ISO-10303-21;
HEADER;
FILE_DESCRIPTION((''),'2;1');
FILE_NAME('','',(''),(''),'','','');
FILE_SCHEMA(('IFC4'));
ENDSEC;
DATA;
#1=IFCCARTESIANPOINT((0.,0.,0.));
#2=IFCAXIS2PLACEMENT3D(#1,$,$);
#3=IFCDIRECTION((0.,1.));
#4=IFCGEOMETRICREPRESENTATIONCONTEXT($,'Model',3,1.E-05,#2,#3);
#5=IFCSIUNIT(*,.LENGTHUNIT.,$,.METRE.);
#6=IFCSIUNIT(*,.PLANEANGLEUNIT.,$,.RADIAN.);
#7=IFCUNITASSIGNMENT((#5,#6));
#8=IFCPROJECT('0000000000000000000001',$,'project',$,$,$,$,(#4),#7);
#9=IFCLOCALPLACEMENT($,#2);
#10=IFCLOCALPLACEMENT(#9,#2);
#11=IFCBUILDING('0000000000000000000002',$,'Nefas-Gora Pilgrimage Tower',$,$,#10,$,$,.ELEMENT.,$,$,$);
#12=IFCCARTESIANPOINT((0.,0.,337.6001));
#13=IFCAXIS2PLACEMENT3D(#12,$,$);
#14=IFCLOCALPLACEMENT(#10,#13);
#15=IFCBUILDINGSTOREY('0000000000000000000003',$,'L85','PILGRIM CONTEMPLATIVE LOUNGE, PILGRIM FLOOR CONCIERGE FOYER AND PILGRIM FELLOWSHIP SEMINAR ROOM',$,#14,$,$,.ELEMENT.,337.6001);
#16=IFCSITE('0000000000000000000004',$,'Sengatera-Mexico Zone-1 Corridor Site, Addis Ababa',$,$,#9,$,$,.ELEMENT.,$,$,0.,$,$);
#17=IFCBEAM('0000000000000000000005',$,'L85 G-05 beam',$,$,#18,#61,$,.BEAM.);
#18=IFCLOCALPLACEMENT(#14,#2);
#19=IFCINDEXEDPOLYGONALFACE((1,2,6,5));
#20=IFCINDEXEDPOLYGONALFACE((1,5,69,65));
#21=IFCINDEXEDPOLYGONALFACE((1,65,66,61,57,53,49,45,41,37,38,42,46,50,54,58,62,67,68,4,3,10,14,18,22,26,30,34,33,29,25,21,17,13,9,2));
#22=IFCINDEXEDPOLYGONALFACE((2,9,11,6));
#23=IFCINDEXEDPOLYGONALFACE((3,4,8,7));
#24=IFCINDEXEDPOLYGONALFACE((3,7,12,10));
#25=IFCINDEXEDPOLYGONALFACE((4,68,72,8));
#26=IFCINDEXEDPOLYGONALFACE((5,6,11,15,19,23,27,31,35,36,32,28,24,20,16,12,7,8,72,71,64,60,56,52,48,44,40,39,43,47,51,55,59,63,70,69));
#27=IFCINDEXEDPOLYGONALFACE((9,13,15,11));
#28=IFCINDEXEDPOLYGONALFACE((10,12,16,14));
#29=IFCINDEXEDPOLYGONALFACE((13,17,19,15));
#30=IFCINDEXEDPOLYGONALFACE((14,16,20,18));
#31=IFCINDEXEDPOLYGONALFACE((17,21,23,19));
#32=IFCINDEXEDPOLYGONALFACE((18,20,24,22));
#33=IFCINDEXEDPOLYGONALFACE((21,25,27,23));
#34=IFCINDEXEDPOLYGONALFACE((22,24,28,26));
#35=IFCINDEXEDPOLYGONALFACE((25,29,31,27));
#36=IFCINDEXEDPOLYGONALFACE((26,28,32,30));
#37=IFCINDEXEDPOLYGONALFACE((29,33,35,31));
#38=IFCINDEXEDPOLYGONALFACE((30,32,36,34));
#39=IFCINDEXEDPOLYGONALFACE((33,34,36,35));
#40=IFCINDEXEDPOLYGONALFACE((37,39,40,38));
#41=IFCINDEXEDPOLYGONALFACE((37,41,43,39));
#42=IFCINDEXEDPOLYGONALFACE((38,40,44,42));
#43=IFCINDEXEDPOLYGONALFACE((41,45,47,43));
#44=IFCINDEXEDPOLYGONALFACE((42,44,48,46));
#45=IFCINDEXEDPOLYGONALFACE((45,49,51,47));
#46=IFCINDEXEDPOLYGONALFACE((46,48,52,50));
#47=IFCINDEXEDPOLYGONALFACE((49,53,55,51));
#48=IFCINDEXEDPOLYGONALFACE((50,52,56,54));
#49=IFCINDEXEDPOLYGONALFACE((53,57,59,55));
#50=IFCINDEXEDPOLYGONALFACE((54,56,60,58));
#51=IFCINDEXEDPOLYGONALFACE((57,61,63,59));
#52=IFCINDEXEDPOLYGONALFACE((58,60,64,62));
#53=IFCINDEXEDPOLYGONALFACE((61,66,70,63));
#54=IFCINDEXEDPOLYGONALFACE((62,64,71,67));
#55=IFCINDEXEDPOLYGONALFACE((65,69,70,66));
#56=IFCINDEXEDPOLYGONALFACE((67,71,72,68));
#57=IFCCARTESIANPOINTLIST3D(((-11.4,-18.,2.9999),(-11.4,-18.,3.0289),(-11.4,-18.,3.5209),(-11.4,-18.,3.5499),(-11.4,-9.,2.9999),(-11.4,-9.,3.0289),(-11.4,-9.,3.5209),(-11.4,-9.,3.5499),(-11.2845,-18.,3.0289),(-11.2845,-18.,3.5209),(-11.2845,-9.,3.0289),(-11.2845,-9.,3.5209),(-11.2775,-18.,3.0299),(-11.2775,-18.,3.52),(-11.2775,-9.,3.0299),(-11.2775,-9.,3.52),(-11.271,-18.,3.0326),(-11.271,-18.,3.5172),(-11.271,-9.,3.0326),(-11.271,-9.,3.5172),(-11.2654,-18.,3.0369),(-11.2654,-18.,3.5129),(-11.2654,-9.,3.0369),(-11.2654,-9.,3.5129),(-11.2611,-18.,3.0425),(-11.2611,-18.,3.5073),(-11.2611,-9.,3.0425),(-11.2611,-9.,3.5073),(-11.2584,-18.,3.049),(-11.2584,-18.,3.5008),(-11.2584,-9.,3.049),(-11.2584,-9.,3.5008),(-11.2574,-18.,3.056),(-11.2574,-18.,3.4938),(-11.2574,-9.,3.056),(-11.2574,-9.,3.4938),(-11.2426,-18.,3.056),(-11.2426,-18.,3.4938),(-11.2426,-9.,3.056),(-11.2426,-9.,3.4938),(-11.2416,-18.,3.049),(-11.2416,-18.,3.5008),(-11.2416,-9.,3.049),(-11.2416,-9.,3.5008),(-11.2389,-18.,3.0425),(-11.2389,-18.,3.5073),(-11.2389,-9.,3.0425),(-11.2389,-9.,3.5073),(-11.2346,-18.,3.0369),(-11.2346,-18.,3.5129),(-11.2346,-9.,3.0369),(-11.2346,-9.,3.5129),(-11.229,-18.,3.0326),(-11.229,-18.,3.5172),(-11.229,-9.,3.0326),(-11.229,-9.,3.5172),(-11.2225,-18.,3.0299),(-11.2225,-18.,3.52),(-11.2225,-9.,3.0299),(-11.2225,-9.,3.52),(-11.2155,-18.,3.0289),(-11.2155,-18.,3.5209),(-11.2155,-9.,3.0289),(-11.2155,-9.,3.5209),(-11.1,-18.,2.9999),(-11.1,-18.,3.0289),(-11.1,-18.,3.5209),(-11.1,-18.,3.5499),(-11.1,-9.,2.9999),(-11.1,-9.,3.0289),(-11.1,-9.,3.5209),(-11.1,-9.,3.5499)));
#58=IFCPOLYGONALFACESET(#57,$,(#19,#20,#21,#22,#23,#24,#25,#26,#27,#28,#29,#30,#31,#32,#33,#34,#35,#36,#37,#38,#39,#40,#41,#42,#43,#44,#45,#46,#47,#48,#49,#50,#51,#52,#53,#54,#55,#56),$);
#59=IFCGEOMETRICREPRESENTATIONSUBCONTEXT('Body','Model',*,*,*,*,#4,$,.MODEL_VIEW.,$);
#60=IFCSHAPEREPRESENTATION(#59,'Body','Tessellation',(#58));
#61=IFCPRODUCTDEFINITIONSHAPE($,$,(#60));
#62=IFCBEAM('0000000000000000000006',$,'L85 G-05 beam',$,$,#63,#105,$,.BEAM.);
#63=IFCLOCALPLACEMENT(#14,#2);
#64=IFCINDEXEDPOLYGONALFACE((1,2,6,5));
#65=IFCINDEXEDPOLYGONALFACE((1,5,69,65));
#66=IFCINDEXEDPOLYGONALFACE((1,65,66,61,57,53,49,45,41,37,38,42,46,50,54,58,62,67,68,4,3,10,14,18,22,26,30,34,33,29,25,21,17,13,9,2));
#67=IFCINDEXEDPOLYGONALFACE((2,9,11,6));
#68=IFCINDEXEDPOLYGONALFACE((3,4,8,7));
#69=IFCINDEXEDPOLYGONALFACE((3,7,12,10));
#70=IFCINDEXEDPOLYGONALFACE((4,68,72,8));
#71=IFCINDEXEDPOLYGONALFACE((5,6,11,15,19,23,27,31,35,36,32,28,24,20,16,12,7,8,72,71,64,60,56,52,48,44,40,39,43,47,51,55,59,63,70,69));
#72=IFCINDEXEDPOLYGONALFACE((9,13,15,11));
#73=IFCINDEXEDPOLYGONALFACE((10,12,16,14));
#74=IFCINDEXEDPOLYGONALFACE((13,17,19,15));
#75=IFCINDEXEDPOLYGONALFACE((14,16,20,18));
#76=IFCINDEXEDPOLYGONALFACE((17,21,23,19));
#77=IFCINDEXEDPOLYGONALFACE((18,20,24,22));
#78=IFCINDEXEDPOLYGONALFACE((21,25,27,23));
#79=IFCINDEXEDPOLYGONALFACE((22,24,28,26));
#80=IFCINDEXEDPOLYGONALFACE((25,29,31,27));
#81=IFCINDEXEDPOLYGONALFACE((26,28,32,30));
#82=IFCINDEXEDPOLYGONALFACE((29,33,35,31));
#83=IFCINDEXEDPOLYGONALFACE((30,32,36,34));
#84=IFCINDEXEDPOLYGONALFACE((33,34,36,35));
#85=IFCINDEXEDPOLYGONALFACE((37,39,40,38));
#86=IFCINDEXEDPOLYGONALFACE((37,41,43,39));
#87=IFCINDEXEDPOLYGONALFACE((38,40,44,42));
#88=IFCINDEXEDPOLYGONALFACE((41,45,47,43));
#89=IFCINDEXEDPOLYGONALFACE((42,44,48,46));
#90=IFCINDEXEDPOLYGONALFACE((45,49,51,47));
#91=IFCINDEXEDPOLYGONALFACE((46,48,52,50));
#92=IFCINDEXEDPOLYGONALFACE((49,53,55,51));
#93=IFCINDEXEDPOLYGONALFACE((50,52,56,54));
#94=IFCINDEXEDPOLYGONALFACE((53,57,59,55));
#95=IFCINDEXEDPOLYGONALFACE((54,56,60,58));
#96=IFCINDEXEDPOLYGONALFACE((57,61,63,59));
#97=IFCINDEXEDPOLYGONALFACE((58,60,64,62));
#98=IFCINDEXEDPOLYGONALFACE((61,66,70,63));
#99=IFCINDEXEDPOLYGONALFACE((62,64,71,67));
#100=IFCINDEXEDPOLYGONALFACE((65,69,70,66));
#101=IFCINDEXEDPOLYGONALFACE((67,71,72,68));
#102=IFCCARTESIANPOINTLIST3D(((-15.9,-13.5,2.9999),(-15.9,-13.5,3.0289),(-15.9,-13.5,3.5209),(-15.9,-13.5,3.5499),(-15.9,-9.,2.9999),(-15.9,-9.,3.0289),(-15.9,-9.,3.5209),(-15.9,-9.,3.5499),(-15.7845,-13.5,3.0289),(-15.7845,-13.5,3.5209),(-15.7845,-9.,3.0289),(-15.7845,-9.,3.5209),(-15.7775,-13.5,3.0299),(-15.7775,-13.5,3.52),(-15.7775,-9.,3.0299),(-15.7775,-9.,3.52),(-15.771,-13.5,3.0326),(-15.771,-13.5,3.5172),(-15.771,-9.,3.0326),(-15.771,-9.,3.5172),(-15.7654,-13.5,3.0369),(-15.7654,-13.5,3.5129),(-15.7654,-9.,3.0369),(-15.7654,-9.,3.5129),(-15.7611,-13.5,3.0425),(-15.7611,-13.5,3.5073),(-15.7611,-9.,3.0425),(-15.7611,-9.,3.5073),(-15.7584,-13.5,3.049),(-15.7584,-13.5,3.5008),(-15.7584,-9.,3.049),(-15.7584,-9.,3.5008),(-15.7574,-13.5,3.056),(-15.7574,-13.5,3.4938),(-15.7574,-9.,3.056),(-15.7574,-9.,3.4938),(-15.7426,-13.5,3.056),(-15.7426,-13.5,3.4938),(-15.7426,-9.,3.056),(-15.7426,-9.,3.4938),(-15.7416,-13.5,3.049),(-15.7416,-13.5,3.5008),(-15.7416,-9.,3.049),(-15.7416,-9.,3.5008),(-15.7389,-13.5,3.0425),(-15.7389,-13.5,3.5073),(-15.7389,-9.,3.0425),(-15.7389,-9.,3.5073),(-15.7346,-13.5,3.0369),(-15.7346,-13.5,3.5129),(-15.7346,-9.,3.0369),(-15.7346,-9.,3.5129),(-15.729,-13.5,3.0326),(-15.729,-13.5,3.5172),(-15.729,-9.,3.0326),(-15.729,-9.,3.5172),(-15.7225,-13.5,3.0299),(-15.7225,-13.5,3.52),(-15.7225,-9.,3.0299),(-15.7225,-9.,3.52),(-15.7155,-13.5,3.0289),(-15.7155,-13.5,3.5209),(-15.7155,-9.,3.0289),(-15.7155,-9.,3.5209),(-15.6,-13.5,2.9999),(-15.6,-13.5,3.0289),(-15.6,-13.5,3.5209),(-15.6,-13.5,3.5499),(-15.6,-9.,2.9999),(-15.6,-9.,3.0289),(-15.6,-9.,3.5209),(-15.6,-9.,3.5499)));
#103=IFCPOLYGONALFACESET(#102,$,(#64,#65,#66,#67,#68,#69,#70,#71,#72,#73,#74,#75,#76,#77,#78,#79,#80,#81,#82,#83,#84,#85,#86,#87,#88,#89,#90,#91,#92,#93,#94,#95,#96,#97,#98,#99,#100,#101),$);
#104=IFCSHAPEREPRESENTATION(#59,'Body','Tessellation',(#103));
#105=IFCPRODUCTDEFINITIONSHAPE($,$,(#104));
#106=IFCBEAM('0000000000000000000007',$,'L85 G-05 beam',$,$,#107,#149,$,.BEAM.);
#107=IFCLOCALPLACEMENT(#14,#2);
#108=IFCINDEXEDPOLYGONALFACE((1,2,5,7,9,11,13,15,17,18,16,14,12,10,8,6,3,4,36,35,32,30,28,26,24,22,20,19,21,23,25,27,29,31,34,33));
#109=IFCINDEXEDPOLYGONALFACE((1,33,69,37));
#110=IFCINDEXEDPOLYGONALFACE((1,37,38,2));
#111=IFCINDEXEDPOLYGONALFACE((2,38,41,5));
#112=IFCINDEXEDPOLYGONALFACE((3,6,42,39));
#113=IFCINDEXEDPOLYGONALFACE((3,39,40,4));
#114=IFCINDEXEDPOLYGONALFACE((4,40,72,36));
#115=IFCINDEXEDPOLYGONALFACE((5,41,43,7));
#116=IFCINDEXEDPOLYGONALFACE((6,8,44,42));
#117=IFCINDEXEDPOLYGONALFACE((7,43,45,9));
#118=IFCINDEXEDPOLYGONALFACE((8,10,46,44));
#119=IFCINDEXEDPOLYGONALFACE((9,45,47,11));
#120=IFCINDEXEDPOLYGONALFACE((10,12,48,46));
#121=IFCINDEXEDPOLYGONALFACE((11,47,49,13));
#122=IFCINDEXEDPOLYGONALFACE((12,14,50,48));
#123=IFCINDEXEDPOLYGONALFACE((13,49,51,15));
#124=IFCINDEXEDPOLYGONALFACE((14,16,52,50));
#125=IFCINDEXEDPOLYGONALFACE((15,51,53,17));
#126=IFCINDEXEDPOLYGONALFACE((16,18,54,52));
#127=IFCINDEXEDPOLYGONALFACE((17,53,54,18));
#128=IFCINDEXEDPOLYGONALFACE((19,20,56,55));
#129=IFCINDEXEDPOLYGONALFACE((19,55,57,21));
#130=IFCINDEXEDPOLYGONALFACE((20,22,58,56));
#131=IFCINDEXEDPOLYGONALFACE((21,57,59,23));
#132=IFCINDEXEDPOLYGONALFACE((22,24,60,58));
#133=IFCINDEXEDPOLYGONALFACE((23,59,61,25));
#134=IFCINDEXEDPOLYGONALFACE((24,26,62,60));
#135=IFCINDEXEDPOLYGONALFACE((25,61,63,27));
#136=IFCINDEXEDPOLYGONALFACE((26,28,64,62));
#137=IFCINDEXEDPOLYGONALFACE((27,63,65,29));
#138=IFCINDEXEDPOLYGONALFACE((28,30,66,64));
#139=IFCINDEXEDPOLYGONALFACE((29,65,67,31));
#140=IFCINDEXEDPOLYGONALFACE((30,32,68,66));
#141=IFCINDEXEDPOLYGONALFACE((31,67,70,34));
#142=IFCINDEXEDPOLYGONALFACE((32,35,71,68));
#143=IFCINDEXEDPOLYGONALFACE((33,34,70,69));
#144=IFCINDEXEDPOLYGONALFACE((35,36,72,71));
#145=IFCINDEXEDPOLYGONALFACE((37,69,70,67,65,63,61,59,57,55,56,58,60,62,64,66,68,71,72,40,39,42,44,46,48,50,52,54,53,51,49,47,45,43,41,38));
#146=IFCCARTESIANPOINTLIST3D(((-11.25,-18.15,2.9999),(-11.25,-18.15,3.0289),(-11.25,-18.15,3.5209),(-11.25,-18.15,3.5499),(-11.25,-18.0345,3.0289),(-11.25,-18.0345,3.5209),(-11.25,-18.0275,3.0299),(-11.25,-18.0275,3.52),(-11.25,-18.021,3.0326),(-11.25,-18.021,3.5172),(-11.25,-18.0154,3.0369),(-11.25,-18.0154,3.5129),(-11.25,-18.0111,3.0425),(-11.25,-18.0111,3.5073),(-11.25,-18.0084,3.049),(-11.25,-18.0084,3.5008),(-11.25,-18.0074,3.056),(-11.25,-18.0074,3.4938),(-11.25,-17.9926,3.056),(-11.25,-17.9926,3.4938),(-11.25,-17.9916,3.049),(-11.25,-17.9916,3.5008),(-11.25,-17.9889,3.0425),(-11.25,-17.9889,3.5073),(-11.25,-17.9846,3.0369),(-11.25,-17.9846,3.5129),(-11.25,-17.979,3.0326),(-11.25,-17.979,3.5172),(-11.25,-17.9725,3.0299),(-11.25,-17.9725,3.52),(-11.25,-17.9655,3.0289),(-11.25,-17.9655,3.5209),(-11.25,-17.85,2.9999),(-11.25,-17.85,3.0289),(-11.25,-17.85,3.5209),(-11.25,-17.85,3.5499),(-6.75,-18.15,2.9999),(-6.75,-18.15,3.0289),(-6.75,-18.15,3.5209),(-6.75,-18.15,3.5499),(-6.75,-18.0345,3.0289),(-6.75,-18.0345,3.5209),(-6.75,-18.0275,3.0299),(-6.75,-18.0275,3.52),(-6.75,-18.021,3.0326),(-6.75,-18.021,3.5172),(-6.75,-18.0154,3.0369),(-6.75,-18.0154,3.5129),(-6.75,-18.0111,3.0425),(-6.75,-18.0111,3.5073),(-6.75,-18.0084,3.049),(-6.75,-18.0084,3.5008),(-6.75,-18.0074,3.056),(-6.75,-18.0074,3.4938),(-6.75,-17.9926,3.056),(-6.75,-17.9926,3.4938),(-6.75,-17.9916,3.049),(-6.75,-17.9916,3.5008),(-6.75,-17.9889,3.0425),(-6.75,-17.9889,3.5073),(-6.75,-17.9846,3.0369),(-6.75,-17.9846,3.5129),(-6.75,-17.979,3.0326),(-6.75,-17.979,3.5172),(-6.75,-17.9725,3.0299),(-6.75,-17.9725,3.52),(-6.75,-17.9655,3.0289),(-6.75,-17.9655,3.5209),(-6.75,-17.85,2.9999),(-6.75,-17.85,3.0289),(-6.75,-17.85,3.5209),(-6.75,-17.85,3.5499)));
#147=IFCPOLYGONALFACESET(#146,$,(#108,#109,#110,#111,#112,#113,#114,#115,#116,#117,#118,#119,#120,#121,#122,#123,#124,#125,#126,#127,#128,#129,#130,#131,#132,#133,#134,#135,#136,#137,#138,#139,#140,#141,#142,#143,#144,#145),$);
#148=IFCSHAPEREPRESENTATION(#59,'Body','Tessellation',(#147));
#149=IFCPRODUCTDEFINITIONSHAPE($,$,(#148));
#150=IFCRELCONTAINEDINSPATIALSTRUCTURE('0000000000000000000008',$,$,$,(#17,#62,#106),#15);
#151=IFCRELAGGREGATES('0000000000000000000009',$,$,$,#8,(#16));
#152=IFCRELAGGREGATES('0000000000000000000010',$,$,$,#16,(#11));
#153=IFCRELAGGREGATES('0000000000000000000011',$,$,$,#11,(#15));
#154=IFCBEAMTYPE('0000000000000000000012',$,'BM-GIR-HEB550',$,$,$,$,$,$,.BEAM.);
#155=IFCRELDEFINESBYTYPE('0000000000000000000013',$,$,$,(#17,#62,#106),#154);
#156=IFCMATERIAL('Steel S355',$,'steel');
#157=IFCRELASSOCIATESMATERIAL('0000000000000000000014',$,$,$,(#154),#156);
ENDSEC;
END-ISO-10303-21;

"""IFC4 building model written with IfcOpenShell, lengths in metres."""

from ifc_helpers import new_model, si_unit, direction, frame, origin, origin_2d, place, context, subcontext, project, spatial, i_section, extrude, source, transform, mapped, material, material_profile, profile_set, type_object, element, save


model = new_model("IFC4")

# Units and contexts
model_context = context("Model", 3, precision=1e-05, world=origin(), true_north=direction((0.0, 1.0)))
body_context = subcontext(model_context, "Body", "Model", "MODEL_VIEW")
ifc_project = project(units=[si_unit("LENGTHUNIT", "METRE"), si_unit("PLANEANGLEUNIT", "RADIAN")], contexts=[model_context])

# Site, building, storey
site_placement = place(None, origin())
site = spatial("IfcSite", under=ifc_project, at=site_placement, Name="Sengatera-Mexico Zone-1 Corridor Site, Addis Ababa", CompositionType="ELEMENT", RefElevation=0.0)
building_placement = place(site_placement, origin())
building = spatial("IfcBuilding", under=site, at=building_placement, Name="Nefas-Gora Pilgrimage Tower", CompositionType="ELEMENT")
storey_placement = place(building_placement, frame((0.0, 0.0, 337.6001)))
storey = spatial("IfcBuildingStorey", under=building, at=storey_placement, Name="L85", Description="PILGRIM CONTEMPLATIVE LOUNGE, PILGRIM FLOOR CONCIERGE FOYER AND PILGRIM FELLOWSHIP SEMINAR ROOM", CompositionType="ELEMENT", Elevation=337.6001)

# Shared definitions
ifc_material_1 = material(Name="Steel S355", Category="steel")

# Beams
ifc_material_profile_1 = material_profile(ifc_material_1, i_section(OverallWidth=0.3, OverallDepth=0.55, WebThickness=0.0149, FlangeThickness=0.0291, FilletRadius=0.0271, at=origin_2d()), Name="HEB 550")
ifc_profile_set_1 = profile_set([ifc_material_profile_1], Name="Steel S355")
beam_type_1 = type_object("IfcBeamType", Name="BM-GIR-HEB550", PredefinedType="BEAM", material=ifc_profile_set_1)
shared_shape_1 = source(origin(), body_context, "Body", "SweptSolid", [
    extrude(i_section(OverallWidth=0.3, OverallDepth=0.55, WebThickness=0.0149, FlangeThickness=0.0291, FilletRadius=0.0271, at=origin_2d()), origin(), (0.0, 0.0, 1.0), 9.0),
])
for number, where, z_axis, x_axis, name in (
    (1, (-11.25, -18.0, 3.2749), (0.0, 1.0, 0.0), (-1.0, 0.0, 0.0), "L85 G-05 beam"),
):
    element("IfcBeam", number, at=place(storey_placement, frame(where, z_axis=z_axis, x_axis=x_axis)), inside=storey, type_object=beam_type_1, Name=name, PredefinedType="BEAM", context=body_context, shape_type="MappedRepresentation", body=[
        mapped(shared_shape_1, transform((0.0, 0.0, 0.0), x_axis=(1.0, 0.0, 0.0), y_axis=(0.0, 1.0, 0.0), z_axis=(0.0, 0.0, 1.0), scale=1.0)),
    ])
shared_shape_2 = source(origin(), body_context, "Body", "SweptSolid", [
    extrude(i_section(OverallWidth=0.3, OverallDepth=0.55, WebThickness=0.0149, FlangeThickness=0.0291, FilletRadius=0.0271, at=origin_2d()), origin(), (0.0, 0.0, 1.0), 4.5),
])
for number, where, z_axis, x_axis, name in (
    (2, (-15.75, -13.5, 3.2749), (0.0, 1.0, 0.0), (-1.0, 0.0, 0.0), "L85 G-05 beam"),
    (3, (-11.25, -18.0, 3.2749), (1.0, 0.0, 0.0), (0.0, 1.0, 0.0), "L85 G-05 beam"),
):
    element("IfcBeam", number, at=place(storey_placement, frame(where, z_axis=z_axis, x_axis=x_axis)), inside=storey, type_object=beam_type_1, Name=name, PredefinedType="BEAM", context=body_context, shape_type="MappedRepresentation", body=[
        mapped(shared_shape_2, transform((0.0, 0.0, 0.0), x_axis=(1.0, 0.0, 0.0), y_axis=(0.0, 1.0, 0.0), z_axis=(0.0, 0.0, 1.0), scale=1.0)),
    ])

save(model, "model.ifc")
